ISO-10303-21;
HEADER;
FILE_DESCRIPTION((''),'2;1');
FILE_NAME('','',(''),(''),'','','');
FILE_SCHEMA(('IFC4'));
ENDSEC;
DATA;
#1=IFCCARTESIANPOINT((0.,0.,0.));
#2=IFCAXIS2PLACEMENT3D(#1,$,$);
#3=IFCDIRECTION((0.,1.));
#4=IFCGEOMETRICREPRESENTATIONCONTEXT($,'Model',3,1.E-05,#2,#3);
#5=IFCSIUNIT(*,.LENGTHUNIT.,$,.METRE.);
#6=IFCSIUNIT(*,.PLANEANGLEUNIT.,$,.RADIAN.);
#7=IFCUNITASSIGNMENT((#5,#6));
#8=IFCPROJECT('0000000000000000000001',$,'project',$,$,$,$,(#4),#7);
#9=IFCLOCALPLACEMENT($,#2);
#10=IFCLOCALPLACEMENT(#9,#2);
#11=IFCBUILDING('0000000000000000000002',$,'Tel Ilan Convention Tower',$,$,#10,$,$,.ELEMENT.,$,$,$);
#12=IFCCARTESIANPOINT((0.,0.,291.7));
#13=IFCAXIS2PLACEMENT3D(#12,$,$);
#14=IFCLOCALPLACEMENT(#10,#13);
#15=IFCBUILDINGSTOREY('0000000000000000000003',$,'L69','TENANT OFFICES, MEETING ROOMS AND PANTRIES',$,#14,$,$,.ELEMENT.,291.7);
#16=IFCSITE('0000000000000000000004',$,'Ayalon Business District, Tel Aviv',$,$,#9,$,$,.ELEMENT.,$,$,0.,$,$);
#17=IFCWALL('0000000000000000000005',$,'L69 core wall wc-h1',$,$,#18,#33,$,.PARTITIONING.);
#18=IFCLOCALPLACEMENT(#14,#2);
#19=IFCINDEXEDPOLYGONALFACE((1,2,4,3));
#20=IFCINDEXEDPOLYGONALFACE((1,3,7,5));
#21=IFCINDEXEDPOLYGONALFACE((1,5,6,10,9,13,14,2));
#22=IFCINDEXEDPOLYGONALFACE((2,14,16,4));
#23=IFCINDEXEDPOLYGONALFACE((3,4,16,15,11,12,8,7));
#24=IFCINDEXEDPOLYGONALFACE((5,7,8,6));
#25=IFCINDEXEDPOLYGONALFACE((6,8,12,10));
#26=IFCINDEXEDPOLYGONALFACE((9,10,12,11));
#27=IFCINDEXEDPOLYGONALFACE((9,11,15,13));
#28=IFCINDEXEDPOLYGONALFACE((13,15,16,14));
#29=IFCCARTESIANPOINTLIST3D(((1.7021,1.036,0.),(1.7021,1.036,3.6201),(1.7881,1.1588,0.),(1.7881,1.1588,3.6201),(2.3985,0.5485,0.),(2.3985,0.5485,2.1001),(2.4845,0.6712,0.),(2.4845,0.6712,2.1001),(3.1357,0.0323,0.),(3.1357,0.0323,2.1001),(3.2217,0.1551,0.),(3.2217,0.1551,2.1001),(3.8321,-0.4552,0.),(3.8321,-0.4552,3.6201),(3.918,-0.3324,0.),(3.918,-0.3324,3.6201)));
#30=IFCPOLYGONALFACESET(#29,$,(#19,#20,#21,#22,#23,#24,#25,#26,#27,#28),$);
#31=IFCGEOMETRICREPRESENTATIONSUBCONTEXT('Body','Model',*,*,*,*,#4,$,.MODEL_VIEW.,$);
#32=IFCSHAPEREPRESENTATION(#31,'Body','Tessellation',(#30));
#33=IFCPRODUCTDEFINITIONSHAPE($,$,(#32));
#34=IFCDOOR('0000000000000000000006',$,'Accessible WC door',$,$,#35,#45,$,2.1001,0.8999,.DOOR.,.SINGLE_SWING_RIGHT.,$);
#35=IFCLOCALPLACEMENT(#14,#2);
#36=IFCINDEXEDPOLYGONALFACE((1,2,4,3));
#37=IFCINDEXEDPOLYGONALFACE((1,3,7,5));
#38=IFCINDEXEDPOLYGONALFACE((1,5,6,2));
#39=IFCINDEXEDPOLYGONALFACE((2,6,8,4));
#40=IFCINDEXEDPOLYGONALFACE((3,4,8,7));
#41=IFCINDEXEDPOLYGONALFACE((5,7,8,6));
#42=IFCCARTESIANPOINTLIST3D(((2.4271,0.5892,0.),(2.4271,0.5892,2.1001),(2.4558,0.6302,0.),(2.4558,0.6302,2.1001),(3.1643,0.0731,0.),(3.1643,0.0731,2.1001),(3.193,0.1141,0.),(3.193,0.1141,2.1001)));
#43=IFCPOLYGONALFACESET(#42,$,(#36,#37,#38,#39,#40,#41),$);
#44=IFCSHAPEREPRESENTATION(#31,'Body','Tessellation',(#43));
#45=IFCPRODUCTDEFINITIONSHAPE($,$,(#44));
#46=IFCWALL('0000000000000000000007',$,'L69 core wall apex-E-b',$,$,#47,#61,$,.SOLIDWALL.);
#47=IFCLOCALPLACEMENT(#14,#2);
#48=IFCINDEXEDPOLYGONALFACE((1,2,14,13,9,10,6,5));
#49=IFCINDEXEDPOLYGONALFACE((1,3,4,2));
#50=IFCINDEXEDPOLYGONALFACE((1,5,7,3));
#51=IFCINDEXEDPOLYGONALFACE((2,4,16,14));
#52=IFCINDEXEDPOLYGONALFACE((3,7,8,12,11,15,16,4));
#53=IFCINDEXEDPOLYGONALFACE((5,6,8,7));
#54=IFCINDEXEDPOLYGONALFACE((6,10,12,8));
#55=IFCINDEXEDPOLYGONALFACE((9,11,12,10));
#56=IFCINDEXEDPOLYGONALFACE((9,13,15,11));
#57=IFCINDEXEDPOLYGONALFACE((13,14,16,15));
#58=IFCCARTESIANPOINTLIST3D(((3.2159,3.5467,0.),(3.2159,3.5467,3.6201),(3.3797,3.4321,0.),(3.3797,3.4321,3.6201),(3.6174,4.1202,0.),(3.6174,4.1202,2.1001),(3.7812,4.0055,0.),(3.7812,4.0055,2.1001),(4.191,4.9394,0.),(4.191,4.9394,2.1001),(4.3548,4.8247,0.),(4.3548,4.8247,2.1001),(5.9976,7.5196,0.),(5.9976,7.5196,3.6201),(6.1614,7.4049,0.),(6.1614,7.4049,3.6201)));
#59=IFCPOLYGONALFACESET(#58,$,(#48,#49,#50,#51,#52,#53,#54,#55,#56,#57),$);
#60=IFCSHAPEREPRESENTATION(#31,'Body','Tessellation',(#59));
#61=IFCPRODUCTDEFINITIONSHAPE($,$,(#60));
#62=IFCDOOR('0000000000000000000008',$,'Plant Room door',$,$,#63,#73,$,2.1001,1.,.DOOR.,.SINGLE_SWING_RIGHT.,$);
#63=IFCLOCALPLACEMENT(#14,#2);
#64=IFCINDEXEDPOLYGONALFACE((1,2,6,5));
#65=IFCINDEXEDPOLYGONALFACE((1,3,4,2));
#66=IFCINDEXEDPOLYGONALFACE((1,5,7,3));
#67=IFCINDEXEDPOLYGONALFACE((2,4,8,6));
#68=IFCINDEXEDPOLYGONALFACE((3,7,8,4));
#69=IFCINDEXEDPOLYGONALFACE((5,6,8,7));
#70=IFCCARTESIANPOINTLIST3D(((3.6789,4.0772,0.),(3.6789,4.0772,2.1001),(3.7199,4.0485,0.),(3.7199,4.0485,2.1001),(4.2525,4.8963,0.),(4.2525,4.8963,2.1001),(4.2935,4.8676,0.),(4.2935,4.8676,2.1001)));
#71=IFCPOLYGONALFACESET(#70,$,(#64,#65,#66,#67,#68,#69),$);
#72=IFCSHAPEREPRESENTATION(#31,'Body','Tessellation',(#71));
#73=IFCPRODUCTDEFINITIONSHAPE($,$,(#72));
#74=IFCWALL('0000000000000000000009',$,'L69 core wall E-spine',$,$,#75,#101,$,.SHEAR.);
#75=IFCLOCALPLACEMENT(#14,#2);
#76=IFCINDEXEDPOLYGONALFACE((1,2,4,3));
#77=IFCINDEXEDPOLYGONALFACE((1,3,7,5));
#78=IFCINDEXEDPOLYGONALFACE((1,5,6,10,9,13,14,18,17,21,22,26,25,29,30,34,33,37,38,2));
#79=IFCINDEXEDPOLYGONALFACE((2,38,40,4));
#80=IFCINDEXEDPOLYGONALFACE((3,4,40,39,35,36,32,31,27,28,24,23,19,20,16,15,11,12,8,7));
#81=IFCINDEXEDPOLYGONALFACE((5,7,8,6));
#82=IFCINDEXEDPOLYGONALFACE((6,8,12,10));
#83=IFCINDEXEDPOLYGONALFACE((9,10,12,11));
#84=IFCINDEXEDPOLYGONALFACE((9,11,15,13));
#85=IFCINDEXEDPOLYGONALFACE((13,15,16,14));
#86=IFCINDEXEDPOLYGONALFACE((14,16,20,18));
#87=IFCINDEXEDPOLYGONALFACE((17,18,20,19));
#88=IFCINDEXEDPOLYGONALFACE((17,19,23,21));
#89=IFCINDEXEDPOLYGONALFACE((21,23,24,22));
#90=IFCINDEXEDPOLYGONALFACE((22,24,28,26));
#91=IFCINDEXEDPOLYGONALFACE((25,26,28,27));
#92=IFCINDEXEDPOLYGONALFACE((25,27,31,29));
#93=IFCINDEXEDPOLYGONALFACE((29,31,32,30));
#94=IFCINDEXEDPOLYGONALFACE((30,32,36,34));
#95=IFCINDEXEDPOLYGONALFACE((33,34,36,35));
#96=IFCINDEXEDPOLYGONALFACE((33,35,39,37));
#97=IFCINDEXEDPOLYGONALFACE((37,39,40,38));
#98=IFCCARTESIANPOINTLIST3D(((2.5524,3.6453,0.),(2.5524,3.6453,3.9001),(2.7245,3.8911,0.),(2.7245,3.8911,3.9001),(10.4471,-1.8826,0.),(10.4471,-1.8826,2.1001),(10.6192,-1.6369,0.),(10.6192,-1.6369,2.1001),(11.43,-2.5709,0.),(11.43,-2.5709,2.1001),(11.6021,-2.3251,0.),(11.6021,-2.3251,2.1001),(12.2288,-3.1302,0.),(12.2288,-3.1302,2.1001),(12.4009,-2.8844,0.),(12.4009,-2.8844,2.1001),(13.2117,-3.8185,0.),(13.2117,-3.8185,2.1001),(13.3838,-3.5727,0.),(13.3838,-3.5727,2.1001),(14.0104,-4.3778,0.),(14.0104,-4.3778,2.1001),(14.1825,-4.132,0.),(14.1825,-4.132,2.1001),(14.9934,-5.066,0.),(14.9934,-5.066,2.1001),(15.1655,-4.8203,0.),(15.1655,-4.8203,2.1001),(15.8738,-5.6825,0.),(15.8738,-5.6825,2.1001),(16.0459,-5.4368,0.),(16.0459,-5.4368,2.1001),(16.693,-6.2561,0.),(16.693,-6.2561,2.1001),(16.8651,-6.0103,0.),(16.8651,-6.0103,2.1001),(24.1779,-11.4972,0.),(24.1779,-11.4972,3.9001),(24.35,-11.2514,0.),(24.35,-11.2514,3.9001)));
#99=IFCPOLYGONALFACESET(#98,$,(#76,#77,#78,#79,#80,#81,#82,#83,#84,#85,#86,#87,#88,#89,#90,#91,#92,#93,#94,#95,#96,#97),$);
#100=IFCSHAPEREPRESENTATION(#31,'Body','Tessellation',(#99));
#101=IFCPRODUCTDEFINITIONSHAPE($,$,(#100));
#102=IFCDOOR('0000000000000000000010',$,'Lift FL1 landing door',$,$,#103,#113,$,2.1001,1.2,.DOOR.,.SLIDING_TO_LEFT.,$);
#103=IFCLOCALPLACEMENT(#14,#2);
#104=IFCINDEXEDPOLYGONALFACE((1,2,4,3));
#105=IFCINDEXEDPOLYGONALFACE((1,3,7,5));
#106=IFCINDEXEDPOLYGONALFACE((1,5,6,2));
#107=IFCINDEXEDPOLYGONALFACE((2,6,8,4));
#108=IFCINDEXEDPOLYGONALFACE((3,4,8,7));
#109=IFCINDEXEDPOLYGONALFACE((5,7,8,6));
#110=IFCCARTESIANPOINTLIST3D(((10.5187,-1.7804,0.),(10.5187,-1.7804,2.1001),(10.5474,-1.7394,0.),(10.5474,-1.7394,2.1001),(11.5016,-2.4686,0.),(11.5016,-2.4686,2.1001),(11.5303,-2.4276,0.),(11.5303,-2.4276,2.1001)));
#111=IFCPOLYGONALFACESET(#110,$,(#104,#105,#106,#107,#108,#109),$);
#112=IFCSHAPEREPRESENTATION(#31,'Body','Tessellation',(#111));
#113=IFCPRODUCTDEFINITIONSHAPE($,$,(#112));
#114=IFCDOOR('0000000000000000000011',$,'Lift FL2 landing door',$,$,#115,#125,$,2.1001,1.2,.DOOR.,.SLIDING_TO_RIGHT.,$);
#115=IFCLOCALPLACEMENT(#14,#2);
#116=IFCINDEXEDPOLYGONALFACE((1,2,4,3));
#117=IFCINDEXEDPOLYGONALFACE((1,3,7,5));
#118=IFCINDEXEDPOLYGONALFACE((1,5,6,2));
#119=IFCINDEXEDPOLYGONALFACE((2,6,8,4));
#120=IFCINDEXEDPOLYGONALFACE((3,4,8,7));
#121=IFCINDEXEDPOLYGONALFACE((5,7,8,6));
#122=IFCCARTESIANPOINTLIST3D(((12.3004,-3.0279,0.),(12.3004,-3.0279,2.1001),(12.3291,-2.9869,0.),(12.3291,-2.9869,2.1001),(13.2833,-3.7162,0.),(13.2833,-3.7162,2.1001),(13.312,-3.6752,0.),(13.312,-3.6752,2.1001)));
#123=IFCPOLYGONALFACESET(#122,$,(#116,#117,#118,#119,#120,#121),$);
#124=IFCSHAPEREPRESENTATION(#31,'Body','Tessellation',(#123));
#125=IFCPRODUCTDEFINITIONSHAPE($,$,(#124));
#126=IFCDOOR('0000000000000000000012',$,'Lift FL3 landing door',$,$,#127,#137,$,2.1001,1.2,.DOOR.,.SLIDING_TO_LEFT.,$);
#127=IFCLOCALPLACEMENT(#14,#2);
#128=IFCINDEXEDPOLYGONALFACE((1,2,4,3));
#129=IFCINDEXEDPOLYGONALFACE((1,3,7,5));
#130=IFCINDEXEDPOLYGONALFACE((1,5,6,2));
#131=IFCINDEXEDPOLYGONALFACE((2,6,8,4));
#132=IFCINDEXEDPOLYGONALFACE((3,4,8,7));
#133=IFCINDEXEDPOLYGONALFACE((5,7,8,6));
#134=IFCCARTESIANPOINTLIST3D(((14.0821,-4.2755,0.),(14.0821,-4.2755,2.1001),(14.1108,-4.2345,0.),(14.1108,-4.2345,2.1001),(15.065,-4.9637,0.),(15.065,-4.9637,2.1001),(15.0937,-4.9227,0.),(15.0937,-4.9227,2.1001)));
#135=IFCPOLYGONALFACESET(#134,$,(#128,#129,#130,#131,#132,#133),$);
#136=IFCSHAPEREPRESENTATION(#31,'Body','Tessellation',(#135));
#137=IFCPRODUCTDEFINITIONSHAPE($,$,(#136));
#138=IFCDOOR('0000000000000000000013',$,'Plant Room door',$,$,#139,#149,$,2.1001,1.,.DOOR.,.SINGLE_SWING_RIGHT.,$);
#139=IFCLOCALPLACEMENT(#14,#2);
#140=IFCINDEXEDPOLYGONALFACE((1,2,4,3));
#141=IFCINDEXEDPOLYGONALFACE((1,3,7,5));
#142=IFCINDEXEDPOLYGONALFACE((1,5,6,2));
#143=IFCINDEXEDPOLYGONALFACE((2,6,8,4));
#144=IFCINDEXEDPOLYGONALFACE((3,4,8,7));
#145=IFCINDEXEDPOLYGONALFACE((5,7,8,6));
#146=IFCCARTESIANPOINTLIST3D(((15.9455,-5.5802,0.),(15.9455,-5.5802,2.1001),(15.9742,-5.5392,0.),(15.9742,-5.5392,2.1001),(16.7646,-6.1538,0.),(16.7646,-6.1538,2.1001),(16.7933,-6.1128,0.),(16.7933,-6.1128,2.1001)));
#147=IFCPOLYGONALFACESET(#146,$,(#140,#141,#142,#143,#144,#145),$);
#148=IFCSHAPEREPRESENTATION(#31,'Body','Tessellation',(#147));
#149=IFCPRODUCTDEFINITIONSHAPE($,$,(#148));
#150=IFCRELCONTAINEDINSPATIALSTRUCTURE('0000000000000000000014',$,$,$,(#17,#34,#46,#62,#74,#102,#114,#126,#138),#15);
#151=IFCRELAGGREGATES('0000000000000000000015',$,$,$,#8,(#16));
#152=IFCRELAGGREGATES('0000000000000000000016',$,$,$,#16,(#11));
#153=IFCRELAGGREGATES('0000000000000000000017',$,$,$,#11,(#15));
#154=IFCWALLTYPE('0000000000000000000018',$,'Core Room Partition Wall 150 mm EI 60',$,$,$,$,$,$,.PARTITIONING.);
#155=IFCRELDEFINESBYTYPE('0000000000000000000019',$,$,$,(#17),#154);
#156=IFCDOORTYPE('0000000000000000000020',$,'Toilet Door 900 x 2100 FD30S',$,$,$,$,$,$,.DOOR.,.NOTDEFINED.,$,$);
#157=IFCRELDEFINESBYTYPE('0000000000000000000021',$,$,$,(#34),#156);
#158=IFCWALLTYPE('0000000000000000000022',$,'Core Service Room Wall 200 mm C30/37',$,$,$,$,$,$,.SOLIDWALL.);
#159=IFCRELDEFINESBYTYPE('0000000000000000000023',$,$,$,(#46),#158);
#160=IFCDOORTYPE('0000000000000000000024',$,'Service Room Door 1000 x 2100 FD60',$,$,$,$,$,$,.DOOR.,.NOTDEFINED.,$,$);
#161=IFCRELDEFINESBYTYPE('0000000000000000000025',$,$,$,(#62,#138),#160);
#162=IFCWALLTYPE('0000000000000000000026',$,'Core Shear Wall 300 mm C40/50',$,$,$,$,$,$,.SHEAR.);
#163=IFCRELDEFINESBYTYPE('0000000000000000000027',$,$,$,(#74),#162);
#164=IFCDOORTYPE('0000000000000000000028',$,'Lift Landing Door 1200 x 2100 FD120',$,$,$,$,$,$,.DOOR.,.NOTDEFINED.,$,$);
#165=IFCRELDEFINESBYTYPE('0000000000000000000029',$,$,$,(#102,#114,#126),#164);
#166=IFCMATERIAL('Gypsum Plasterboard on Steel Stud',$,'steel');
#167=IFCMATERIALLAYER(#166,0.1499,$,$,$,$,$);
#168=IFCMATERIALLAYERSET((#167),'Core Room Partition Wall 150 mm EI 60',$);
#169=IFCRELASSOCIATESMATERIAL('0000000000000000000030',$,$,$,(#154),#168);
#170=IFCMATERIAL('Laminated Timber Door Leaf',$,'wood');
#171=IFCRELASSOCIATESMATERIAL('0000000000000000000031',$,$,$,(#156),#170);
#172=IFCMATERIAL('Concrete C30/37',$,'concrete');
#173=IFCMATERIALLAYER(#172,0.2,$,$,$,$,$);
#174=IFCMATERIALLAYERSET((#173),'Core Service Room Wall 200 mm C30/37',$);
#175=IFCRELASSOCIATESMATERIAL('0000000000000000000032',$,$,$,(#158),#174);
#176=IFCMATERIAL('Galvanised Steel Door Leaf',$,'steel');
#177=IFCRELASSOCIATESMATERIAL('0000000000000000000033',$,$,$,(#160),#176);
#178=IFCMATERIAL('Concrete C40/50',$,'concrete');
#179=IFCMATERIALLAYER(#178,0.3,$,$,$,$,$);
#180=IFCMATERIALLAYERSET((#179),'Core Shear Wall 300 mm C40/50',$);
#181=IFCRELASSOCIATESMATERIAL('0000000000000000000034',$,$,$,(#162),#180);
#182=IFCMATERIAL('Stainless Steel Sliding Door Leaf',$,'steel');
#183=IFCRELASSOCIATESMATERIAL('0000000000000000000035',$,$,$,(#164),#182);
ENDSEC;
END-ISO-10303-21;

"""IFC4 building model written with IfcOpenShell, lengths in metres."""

from ifc_helpers import new_model, si_unit, direction, frame, frame_2d, origin, place, context, subcontext, project, spatial, polyline, rectangle, outline, extrude, material, layer, layer_set, type_object, element, fill, save


model = new_model("IFC4")

# Units and contexts
model_context = context("Model", 3, precision=1e-05, world=origin(), true_north=direction((0.0, 1.0)))
body_context = subcontext(model_context, "Body", "Model", "MODEL_VIEW")
ifc_project = project(units=[si_unit("LENGTHUNIT", "METRE"), si_unit("PLANEANGLEUNIT", "RADIAN")], contexts=[model_context])

# Site, building, storey
site_placement = place(None, origin())
site = spatial("IfcSite", under=ifc_project, at=site_placement, Name="Ayalon Business District, Tel Aviv", CompositionType="ELEMENT", RefElevation=0.0)
building_placement = place(site_placement, origin())
building = spatial("IfcBuilding", under=site, at=building_placement, Name="Tel Ilan Convention Tower", CompositionType="ELEMENT")
storey_placement = place(building_placement, frame((0.0, 0.0, 291.7)))
storey = spatial("IfcBuildingStorey", under=building, at=storey_placement, Name="L69", Description="TENANT OFFICES, MEETING ROOMS AND PANTRIES", CompositionType="ELEMENT", Elevation=291.7)

# Walls, openings, doors
ifc_material_1 = material(Name="Gypsum Plasterboard on Steel Stud", Category="steel")
ifc_layer_1 = layer(ifc_material_1, 0.1499)
ifc_layer_set_1 = layer_set([ifc_layer_1], Name="Core Room Partition Wall 150 mm EI 60")
wall_type_1 = type_object("IfcWallType", Name="Core Room Partition Wall 150 mm EI 60", PredefinedType="PARTITIONING", material=ifc_layer_set_1)
wall_1_placement = place(storey_placement, frame((1.7451, 1.0974, 0.0), z_axis=(0.0, 0.0, 1.0), x_axis=(0.819179, -0.573538, 0.0)))
wall_1 = element("IfcWall", 1, at=wall_1_placement, inside=storey, type_object=wall_type_1, Name="L69 core wall wc-h1", PredefinedType="PARTITIONING", context=body_context, shape_type="SweptSolid", body=[
    extrude(rectangle(XDim=2.6001, YDim=0.1499, at=frame_2d((1.3, 0.0))), origin(), (0.0, 0.0, 1.0), 3.6201),
])
opening_1_placement = place(wall_1_placement, frame((0.8501, 0.0, 0.0)))
opening_1 = element("IfcOpeningElement", 2, at=opening_1_placement, cuts=wall_1, PredefinedType="OPENING", context=body_context, shape_type="SweptSolid", body=[
    extrude(rectangle(XDim=0.8999, YDim=2.1001, at=frame_2d((0.45, 1.05))), frame((0.0, 0.085, 0.0), z_axis=(0.0, -1.0, 0.0), x_axis=(1.0, 0.0, 0.0)), (0.0, 0.0, 1.0), 0.1699),
])
ifc_material_2 = material(Name="Laminated Timber Door Leaf", Category="wood")
door_type_1 = type_object("IfcDoorType", Name="Toilet Door 900 x 2100 FD30S", OperationType="NOTDEFINED", PredefinedType="DOOR", material=ifc_material_2)
door_1_placement = place(opening_1_placement, origin())
door_1 = element("IfcDoor", 3, at=door_1_placement, inside=storey, type_object=door_type_1, Name="Accessible WC door", OperationType="SINGLE_SWING_RIGHT", OverallHeight=2.1001, OverallWidth=0.8999, PredefinedType="DOOR", context=body_context, shape_type="SweptSolid", body=[
    extrude(rectangle(XDim=0.8999, YDim=2.1001, at=frame_2d((0.45, 1.05))), frame((0.0, 0.0249, 0.0), z_axis=(0.0, -1.0, 0.0), x_axis=(1.0, 0.0, 0.0)), (0.0, 0.0, 1.0), 0.05),
])
fill(opening_1, door_1)
ifc_material_3 = material(Name="Concrete C30/37", Category="concrete")
ifc_layer_2 = layer(ifc_material_3, 0.2)
ifc_layer_set_2 = layer_set([ifc_layer_2], Name="Core Service Room Wall 200 mm C30/37")
wall_type_2 = type_object("IfcWallType", Name="Core Service Room Wall 200 mm C30/37", PredefinedType="SOLIDWALL", material=ifc_layer_set_2)
wall_2_placement = place(storey_placement, frame((3.2979, 3.4895, 0.0), z_axis=(0.0, 0.0, 1.0), x_axis=(0.57356, 0.819163, 0.0)))
wall_2 = element("IfcWall", 4, at=wall_2_placement, inside=storey, type_object=wall_type_2, Name="L69 core wall apex-E-b", PredefinedType="SOLIDWALL", context=body_context, shape_type="SweptSolid", body=[
    extrude(rectangle(XDim=4.8499, YDim=0.2, at=frame_2d((2.4248, 0.0))), origin(), (0.0, 0.0, 1.0), 3.6201),
])
opening_2_placement = place(wall_2_placement, frame((0.7, 0.0, 0.0)))
opening_2 = element("IfcOpeningElement", 5, at=opening_2_placement, cuts=wall_2, PredefinedType="OPENING", context=body_context, shape_type="SweptSolid", body=[
    extrude(rectangle(XDim=1.0, YDim=2.1001, at=frame_2d((0.5, 1.05))), frame((0.0, 0.1099, 0.0), z_axis=(0.0, -1.0, 0.0), x_axis=(1.0, 0.0, 0.0)), (0.0, 0.0, 1.0), 0.22),
])
ifc_material_4 = material(Name="Galvanised Steel Door Leaf", Category="steel")
door_type_2 = type_object("IfcDoorType", Name="Service Room Door 1000 x 2100 FD60", OperationType="NOTDEFINED", PredefinedType="DOOR", material=ifc_material_4)
door_2_placement = place(opening_2_placement, origin())
door_2 = element("IfcDoor", 6, at=door_2_placement, inside=storey, type_object=door_type_2, Name="Plant Room door", OperationType="SINGLE_SWING_RIGHT", OverallHeight=2.1001, OverallWidth=1.0, PredefinedType="DOOR", context=body_context, shape_type="SweptSolid", body=[
    extrude(rectangle(XDim=1.0, YDim=2.1001, at=frame_2d((0.5, 1.05))), frame((0.0, 0.0249, 0.0), z_axis=(0.0, -1.0, 0.0), x_axis=(1.0, 0.0, 0.0)), (0.0, 0.0, 1.0), 0.05),
])
fill(opening_2, door_2)

# Wall, openings, doors
ifc_material_5 = material(Name="Concrete C40/50", Category="concrete")
ifc_layer_3 = layer(ifc_material_5, 0.3)
ifc_layer_set_3 = layer_set([ifc_layer_3], Name="Core Shear Wall 300 mm C40/50")
wall_type_3 = type_object("IfcWallType", Name="Core Shear Wall 300 mm C40/50", PredefinedType="SHEAR", material=ifc_layer_set_3)
wall_3_placement = place(storey_placement, frame((2.6384, 3.7681, 0.0), z_axis=(0.0, 0.0, 1.0), x_axis=(0.819155, -0.573572, 0.0)))
wall_3 = element("IfcWall", 7, at=wall_3_placement, inside=storey, type_object=wall_type_3, Name="L69 core wall E-spine", PredefinedType="SHEAR", context=body_context, shape_type="SweptSolid", body=[
    extrude(outline(polyline([(0.0, 0.1501), (0.0, -0.1499), (26.3999, -0.1501), (26.3999, 0.1499), (0.0, 0.1501)])), origin(), (0.0, 0.0, 1.0), 3.9001),
])
opening_3_placement = place(wall_3_placement, frame((9.6375, 0.0, 0.0)))
opening_3 = element("IfcOpeningElement", 8, at=opening_3_placement, cuts=wall_3, PredefinedType="OPENING", context=body_context, shape_type="SweptSolid", body=[
    extrude(rectangle(XDim=1.2, YDim=2.1001, at=frame_2d((0.6001, 1.05))), frame((0.0, 0.1599, 0.0), z_axis=(0.0, -1.0, 0.0), x_axis=(1.0, 0.0, 0.0)), (0.0, 0.0, 1.0), 0.3201),
])
opening_4_placement = place(wall_3_placement, frame((11.8125, 0.0, 0.0)))
opening_4 = element("IfcOpeningElement", 9, at=opening_4_placement, cuts=wall_3, PredefinedType="OPENING", context=body_context, shape_type="SweptSolid", body=[
    extrude(rectangle(XDim=1.2, YDim=2.1001, at=frame_2d((0.6001, 1.05))), frame((0.0, 0.1599, 0.0), z_axis=(0.0, -1.0, 0.0), x_axis=(1.0, 0.0, 0.0)), (0.0, 0.0, 1.0), 0.3201),
])
opening_5_placement = place(wall_3_placement, frame((13.9875, 0.0, 0.0)))
opening_5 = element("IfcOpeningElement", 10, at=opening_5_placement, cuts=wall_3, PredefinedType="OPENING", context=body_context, shape_type="SweptSolid", body=[
    extrude(rectangle(XDim=1.2, YDim=2.1001, at=frame_2d((0.6001, 1.05))), frame((0.0, 0.1599, 0.0), z_axis=(0.0, -1.0, 0.0), x_axis=(1.0, 0.0, 0.0)), (0.0, 0.0, 1.0), 0.3201),
])
opening_6_placement = place(wall_3_placement, frame((16.2625, 0.0, 0.0)))
opening_6 = element("IfcOpeningElement", 11, at=opening_6_placement, cuts=wall_3, PredefinedType="OPENING", context=body_context, shape_type="SweptSolid", body=[
    extrude(rectangle(XDim=1.0, YDim=2.1001, at=frame_2d((0.5, 1.05))), frame((0.0, 0.1599, 0.0), z_axis=(0.0, -1.0, 0.0), x_axis=(1.0, 0.0, 0.0)), (0.0, 0.0, 1.0), 0.3201),
])
ifc_material_6 = material(Name="Stainless Steel Sliding Door Leaf", Category="steel")
door_type_3 = type_object("IfcDoorType", Name="Lift Landing Door 1200 x 2100 FD120", OperationType="NOTDEFINED", PredefinedType="DOOR", material=ifc_material_6)
door_3_placement = place(opening_3_placement, origin())
door_3 = element("IfcDoor", 12, at=door_3_placement, inside=storey, type_object=door_type_3, Name="Lift FL1 landing door", OperationType="SLIDING_TO_LEFT", OverallHeight=2.1001, OverallWidth=1.2, PredefinedType="DOOR", context=body_context, shape_type="SweptSolid", body=[
    extrude(rectangle(XDim=1.2, YDim=2.1001, at=frame_2d((0.6001, 1.05))), frame((0.0, 0.0249, 0.0), z_axis=(0.0, -1.0, 0.0), x_axis=(1.0, 0.0, 0.0)), (0.0, 0.0, 1.0), 0.05),
])
fill(opening_3, door_3)
door_4_placement = place(opening_4_placement, origin())
door_4 = element("IfcDoor", 13, at=door_4_placement, inside=storey, type_object=door_type_3, Name="Lift FL2 landing door", OperationType="SLIDING_TO_RIGHT", OverallHeight=2.1001, OverallWidth=1.2, PredefinedType="DOOR", context=body_context, shape_type="SweptSolid", body=[
    extrude(rectangle(XDim=1.2, YDim=2.1001, at=frame_2d((0.6001, 1.05))), frame((0.0, 0.0249, 0.0), z_axis=(0.0, -1.0, 0.0), x_axis=(1.0, 0.0, 0.0)), (0.0, 0.0, 1.0), 0.05),
])
fill(opening_4, door_4)
door_5_placement = place(opening_5_placement, origin())
door_5 = element("IfcDoor", 14, at=door_5_placement, inside=storey, type_object=door_type_3, Name="Lift FL3 landing door", OperationType="SLIDING_TO_LEFT", OverallHeight=2.1001, OverallWidth=1.2, PredefinedType="DOOR", context=body_context, shape_type="SweptSolid", body=[
    extrude(rectangle(XDim=1.2, YDim=2.1001, at=frame_2d((0.6001, 1.05))), frame((0.0, 0.0249, 0.0), z_axis=(0.0, -1.0, 0.0), x_axis=(1.0, 0.0, 0.0)), (0.0, 0.0, 1.0), 0.05),
])
fill(opening_5, door_5)
door_6_placement = place(opening_6_placement, origin())
door_6 = element("IfcDoor", 15, at=door_6_placement, inside=storey, type_object=door_type_2, Name="Plant Room door", OperationType="SINGLE_SWING_RIGHT", OverallHeight=2.1001, OverallWidth=1.0, PredefinedType="DOOR", context=body_context, shape_type="SweptSolid", body=[
    extrude(rectangle(XDim=1.0, YDim=2.1001, at=frame_2d((0.5, 1.05))), frame((0.0, 0.0249, 0.0), z_axis=(0.0, -1.0, 0.0), x_axis=(1.0, 0.0, 0.0)), (0.0, 0.0, 1.0), 0.05),
])
fill(opening_6, door_6)

save(model, "model.ifc")
